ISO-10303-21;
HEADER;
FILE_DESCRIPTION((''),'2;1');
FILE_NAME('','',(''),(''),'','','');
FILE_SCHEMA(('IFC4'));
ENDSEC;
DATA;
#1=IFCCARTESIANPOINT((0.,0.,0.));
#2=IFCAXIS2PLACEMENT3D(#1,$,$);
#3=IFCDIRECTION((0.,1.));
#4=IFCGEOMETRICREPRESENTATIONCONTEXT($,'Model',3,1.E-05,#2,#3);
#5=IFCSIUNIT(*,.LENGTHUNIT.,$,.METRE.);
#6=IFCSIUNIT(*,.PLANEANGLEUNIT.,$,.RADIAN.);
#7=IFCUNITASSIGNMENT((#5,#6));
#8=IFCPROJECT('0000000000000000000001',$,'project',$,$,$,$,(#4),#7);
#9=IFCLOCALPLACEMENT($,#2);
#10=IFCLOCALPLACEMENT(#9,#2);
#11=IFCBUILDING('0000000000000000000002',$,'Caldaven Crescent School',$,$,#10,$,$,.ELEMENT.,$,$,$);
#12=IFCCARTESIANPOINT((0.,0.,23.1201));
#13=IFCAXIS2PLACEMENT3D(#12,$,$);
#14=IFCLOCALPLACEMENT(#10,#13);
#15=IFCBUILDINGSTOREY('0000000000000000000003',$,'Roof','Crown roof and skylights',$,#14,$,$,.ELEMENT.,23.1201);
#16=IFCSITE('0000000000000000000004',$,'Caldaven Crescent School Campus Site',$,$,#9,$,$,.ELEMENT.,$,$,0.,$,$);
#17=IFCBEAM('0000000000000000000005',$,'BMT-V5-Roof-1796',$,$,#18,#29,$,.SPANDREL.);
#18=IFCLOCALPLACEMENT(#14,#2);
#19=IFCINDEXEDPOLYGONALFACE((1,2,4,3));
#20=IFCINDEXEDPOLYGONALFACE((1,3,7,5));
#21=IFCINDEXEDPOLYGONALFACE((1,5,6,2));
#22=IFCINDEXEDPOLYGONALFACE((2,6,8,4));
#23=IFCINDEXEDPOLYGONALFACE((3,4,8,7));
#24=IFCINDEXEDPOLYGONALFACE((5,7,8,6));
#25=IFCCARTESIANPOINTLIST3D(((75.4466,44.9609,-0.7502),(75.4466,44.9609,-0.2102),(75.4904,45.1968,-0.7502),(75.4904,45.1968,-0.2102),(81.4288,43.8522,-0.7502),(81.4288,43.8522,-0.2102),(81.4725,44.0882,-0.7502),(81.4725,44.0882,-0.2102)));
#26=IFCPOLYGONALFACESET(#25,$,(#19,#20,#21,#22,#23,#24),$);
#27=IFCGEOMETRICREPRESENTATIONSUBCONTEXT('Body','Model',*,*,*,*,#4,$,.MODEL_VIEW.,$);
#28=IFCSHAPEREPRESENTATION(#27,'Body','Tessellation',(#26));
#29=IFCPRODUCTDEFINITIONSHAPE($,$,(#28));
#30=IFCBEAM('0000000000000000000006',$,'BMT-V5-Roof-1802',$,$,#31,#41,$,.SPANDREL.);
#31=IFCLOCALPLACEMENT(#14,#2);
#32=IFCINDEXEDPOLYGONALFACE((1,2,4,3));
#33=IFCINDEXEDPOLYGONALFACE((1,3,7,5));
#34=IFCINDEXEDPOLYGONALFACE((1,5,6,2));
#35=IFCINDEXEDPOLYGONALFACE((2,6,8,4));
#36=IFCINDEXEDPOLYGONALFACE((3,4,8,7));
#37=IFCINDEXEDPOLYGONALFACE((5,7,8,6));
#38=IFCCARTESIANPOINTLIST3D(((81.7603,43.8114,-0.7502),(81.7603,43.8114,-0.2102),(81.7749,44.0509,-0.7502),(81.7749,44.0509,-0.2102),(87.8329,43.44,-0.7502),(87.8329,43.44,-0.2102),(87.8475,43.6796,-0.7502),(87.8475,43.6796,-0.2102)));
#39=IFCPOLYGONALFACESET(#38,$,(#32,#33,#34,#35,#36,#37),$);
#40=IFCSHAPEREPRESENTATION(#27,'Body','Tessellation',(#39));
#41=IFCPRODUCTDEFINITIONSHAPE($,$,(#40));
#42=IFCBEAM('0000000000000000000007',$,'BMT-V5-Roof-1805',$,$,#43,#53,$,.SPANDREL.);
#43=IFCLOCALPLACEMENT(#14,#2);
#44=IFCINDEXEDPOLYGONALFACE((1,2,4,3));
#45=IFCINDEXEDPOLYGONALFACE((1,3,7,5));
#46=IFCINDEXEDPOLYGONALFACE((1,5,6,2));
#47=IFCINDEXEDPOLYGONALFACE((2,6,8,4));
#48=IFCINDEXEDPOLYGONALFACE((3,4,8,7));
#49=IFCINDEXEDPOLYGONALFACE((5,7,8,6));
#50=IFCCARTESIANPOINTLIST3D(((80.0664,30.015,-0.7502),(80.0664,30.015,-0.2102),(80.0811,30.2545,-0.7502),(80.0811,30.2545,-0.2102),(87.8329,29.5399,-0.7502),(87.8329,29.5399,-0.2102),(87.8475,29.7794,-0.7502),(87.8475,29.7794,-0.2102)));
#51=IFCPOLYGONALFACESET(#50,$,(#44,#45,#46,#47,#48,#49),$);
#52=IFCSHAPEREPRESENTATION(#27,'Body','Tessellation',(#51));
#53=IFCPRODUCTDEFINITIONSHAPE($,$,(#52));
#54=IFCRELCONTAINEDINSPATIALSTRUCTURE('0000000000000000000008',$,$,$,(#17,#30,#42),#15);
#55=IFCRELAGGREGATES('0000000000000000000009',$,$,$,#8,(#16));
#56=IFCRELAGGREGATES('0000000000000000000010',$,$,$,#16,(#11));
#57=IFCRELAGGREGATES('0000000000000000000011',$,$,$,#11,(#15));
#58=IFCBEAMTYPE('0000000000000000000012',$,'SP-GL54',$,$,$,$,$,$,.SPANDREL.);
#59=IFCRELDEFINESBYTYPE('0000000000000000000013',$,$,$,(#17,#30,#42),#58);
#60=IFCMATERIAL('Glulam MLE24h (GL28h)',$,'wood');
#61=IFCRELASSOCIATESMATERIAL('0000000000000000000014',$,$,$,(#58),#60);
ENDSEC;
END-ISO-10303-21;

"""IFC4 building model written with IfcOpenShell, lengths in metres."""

from ifc_helpers import new_model, si_unit, direction, frame, origin, origin_2d, place, context, subcontext, project, spatial, rectangle, extrude, material, material_profile, profile_set, type_object, element, save


model = new_model("IFC4")

# Units and contexts
model_context = context("Model", 3, precision=1e-05, world=origin(), true_north=direction((0.0, 1.0)))
body_context = subcontext(model_context, "Body", "Model", "MODEL_VIEW")
ifc_project = project(units=[si_unit("LENGTHUNIT", "METRE"), si_unit("PLANEANGLEUNIT", "RADIAN")], contexts=[model_context])

# Site, building, storey
site_placement = place(None, origin())
site = spatial("IfcSite", under=ifc_project, at=site_placement, Name="Caldaven Crescent School Campus Site", CompositionType="ELEMENT", RefElevation=0.0)
building_placement = place(site_placement, origin())
building = spatial("IfcBuilding", under=site, at=building_placement, Name="Caldaven Crescent School", CompositionType="ELEMENT")
storey_placement = place(building_placement, frame((0.0, 0.0, 23.1201)))
storey = spatial("IfcBuildingStorey", under=building, at=storey_placement, Name="Roof", Description="Crown roof and skylights", CompositionType="ELEMENT", Elevation=23.1201)

# Beams
ifc_material = material(Name="Glulam MLE24h (GL28h)", Category="wood")
ifc_material_profile_1 = material_profile(ifc_material, rectangle(XDim=0.24, YDim=0.54, at=origin_2d()), Name="MLE 240x540")
ifc_profile_set_1 = profile_set([ifc_material_profile_1], Name="Glulam MLE24h (GL28h)")
beam_type_1 = type_object("IfcBeamType", Name="SP-GL54", PredefinedType="SPANDREL", material=ifc_profile_set_1)
for number, where, z_axis, x_axis, name in (
    (1, (75.4685, 45.0789, -0.4802), (0.983258, -0.182221, 0.0), (0.182221, 0.983258, 0.0), "BMT-V5-Roof-1796"),
    (2, (81.7676, 43.9312, -0.4802), (0.998136, -0.061034, 0.0), (0.061034, 0.998136, 0.0), "BMT-V5-Roof-1802"),
):
    element("IfcBeam", number, at=place(storey_placement, frame(where, z_axis=z_axis, x_axis=x_axis)), inside=storey, type_object=beam_type_1, Name=name, PredefinedType="SPANDREL", context=body_context, shape_type="SweptSolid", body=[
        extrude(rectangle(XDim=0.24, YDim=0.54, at=origin_2d()), origin(), (0.0, 0.0, 1.0), 6.084),
    ])
beam_1_placement = place(storey_placement, frame((80.0737, 30.1348, -0.4802), z_axis=(0.998134, -0.061058, 0.0), x_axis=(0.061058, 0.998134, 0.0)))
element("IfcBeam", 3, at=beam_1_placement, inside=storey, type_object=beam_type_1, Name="BMT-V5-Roof-1805", PredefinedType="SPANDREL", context=body_context, shape_type="SweptSolid", body=[
    extrude(rectangle(XDim=0.24, YDim=0.54, at=origin_2d()), origin(), (0.0, 0.0, 1.0), 7.781),
])

save(model, "model.ifc")
